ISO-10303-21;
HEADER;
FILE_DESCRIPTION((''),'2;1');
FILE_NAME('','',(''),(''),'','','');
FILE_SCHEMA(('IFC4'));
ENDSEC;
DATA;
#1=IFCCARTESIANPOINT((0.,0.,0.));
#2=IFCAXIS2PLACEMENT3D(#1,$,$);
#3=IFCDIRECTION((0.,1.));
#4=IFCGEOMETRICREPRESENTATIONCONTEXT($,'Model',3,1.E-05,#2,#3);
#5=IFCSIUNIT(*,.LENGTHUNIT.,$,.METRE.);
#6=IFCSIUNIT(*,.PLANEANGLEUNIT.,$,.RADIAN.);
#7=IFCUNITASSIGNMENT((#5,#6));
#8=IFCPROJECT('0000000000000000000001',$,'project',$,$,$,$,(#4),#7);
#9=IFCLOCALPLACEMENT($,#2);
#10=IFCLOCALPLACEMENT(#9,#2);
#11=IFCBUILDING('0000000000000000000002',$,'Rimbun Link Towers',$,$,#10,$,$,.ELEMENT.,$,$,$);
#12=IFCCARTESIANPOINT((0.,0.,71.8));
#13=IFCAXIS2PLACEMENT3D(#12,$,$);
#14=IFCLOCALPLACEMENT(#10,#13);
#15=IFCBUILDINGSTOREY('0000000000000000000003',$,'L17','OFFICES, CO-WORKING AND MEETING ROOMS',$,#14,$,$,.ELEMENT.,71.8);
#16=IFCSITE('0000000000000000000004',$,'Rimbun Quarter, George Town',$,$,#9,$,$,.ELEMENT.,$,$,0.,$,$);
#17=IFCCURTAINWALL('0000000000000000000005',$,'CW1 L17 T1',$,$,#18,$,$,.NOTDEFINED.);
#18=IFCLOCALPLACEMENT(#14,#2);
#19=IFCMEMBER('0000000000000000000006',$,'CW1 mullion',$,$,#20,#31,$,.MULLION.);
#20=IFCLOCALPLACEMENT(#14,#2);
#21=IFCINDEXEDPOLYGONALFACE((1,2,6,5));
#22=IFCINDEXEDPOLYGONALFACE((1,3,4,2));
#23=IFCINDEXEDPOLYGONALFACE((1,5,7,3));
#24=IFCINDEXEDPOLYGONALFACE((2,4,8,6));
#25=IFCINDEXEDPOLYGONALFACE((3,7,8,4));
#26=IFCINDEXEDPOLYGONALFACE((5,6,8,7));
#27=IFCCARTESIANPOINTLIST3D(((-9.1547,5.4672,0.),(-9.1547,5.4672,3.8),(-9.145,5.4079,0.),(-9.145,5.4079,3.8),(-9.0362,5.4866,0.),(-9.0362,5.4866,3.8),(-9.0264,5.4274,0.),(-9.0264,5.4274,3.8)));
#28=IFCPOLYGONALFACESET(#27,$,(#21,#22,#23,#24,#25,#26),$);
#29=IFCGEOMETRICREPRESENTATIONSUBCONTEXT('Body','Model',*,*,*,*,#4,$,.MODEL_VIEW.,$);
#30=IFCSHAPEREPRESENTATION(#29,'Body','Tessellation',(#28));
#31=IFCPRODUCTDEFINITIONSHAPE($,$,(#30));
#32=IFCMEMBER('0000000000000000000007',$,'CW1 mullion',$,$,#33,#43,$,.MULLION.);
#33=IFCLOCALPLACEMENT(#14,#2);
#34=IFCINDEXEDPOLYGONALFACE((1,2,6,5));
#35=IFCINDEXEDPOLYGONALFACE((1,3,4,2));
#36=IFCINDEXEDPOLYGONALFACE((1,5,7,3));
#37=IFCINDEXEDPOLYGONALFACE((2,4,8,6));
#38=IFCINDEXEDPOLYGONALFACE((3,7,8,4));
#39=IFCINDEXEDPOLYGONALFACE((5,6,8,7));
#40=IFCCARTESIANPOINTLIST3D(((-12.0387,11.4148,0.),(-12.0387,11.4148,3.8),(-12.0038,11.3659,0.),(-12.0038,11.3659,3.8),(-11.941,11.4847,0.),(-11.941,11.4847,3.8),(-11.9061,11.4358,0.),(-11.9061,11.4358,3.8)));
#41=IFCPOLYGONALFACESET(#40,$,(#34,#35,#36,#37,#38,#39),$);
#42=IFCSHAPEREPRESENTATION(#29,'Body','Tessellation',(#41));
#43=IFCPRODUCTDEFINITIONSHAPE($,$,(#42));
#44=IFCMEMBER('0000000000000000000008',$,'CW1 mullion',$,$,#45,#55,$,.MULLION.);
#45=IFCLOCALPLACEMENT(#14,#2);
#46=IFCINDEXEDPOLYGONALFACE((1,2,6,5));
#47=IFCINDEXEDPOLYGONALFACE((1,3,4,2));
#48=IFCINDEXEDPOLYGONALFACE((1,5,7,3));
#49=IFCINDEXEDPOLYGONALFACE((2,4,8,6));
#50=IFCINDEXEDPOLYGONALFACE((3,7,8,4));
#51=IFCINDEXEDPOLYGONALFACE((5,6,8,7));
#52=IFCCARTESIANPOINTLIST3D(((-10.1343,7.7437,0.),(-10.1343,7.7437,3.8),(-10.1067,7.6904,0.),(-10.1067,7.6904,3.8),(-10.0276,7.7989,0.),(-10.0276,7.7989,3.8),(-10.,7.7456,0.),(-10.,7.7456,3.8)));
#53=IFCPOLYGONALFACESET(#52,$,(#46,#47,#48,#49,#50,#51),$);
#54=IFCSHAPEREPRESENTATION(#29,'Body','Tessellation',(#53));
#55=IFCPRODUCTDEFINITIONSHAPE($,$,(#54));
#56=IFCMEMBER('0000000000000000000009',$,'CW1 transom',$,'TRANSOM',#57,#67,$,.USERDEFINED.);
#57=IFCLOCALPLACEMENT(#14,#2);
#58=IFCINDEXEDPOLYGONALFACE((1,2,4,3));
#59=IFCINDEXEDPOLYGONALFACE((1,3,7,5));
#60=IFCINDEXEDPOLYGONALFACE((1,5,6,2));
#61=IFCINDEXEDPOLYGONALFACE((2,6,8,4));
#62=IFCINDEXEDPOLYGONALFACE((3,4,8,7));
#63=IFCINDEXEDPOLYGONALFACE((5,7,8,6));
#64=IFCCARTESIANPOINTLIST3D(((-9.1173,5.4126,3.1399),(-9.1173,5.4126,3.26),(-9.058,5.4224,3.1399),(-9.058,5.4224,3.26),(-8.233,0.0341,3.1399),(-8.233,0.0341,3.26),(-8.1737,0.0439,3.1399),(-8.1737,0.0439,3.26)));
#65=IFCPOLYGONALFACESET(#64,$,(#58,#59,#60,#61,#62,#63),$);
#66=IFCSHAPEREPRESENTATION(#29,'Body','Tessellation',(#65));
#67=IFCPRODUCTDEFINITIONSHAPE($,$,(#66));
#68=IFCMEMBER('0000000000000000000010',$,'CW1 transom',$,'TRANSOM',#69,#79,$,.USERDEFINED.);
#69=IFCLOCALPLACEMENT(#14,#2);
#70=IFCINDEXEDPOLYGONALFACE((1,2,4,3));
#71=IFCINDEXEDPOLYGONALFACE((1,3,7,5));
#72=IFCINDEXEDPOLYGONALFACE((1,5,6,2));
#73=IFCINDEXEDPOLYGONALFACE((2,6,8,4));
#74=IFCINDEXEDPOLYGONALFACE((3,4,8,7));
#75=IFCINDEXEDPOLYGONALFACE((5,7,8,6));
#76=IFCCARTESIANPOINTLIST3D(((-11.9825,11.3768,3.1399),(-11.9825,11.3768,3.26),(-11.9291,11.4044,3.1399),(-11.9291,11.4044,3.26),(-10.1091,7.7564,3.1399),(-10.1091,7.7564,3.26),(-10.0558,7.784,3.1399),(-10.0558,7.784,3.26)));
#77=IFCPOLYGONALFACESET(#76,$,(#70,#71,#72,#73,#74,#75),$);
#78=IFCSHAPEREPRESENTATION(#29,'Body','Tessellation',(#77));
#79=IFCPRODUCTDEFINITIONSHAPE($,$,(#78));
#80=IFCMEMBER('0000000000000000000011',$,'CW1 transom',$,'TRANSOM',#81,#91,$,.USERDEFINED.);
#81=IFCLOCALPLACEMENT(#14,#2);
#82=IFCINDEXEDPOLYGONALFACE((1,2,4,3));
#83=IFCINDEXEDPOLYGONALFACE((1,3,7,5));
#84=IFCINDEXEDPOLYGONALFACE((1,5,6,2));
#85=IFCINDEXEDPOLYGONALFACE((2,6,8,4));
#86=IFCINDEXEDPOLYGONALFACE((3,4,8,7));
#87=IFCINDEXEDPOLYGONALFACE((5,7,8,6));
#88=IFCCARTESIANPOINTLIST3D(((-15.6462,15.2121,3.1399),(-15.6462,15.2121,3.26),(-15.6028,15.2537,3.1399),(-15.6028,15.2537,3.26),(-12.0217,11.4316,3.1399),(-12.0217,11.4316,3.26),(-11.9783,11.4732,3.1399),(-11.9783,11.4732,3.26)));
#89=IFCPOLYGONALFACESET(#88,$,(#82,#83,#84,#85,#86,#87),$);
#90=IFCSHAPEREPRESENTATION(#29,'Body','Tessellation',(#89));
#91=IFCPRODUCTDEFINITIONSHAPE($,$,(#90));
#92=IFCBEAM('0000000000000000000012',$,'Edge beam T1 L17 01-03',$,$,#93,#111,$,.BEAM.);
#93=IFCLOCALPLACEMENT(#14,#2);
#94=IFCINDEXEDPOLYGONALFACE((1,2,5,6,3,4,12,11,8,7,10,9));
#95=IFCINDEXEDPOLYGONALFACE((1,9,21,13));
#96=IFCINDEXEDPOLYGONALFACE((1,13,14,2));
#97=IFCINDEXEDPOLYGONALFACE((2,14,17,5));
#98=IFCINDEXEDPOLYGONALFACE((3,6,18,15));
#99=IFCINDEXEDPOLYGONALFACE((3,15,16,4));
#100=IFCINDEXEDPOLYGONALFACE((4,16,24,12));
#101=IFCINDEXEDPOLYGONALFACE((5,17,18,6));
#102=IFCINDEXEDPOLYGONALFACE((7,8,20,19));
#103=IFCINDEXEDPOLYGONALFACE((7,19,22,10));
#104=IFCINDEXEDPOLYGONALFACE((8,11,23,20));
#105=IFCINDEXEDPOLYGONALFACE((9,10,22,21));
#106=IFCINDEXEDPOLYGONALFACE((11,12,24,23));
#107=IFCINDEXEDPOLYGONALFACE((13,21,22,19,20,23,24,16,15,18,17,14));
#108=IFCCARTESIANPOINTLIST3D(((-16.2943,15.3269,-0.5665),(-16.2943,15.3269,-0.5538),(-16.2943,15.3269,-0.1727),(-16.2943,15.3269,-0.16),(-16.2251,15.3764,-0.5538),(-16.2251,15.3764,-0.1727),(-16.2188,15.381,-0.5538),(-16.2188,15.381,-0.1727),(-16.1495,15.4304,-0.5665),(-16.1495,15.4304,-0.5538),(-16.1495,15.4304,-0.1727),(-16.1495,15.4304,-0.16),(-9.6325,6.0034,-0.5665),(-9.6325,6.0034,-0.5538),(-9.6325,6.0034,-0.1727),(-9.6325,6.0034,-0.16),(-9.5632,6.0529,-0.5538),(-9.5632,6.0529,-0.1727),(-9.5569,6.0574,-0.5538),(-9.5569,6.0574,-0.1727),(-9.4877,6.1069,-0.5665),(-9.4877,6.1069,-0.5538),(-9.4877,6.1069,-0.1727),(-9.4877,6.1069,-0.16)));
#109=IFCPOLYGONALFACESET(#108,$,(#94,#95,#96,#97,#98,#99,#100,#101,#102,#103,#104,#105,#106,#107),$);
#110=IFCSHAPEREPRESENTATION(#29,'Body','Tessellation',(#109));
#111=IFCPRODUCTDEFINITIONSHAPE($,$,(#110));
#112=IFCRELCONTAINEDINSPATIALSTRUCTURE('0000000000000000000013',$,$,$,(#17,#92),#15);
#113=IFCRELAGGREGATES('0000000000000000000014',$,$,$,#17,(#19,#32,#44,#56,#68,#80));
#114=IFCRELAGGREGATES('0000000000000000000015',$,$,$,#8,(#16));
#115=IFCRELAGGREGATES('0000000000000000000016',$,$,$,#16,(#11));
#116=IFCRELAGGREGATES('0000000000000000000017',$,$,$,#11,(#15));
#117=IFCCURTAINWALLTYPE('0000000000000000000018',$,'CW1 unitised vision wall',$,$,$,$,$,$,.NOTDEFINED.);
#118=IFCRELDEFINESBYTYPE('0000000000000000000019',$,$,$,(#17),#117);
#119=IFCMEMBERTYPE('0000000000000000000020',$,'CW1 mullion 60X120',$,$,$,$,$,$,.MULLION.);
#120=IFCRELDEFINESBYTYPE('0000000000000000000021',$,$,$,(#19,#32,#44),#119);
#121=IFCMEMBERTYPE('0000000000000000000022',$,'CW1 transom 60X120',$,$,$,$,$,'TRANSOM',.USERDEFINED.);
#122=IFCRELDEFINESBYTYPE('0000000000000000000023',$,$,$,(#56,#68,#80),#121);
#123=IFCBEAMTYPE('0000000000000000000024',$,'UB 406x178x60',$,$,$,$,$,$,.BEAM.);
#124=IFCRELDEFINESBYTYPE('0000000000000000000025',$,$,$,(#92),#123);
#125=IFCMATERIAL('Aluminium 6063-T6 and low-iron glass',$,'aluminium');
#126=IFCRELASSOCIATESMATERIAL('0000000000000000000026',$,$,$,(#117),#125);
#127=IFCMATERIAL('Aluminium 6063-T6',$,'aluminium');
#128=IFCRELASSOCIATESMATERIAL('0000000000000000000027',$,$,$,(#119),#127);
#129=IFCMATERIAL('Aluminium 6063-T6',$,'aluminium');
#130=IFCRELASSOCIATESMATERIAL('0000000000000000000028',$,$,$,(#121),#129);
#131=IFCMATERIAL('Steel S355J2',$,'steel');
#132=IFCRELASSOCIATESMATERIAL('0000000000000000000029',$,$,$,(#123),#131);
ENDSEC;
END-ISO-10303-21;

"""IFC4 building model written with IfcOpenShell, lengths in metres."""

from ifc_helpers import new_model, si_unit, direction, frame, origin, origin_2d, place, context, subcontext, project, spatial, rectangle, i_section, extrude, material, material_profile, profile_set, type_object, element, aggregate, save


model = new_model("IFC4")

# Units and contexts
model_context = context("Model", 3, precision=1e-05, world=origin(), true_north=direction((0.0, 1.0)))
body_context = subcontext(model_context, "Body", "Model", "MODEL_VIEW")
ifc_project = project(units=[si_unit("LENGTHUNIT", "METRE"), si_unit("PLANEANGLEUNIT", "RADIAN")], contexts=[model_context])

# Site, building, storey
site_placement = place(None, origin())
site = spatial("IfcSite", under=ifc_project, at=site_placement, Name="Rimbun Quarter, George Town", CompositionType="ELEMENT", RefElevation=0.0)
building_placement = place(site_placement, origin())
building = spatial("IfcBuilding", under=site, at=building_placement, Name="Rimbun Link Towers", CompositionType="ELEMENT")
storey_placement = place(building_placement, frame((0.0, 0.0, 71.8)))
storey = spatial("IfcBuildingStorey", under=building, at=storey_placement, Name="L17", Description="OFFICES, CO-WORKING AND MEETING ROOMS", CompositionType="ELEMENT", Elevation=71.8)

# Curtain wall, members
ifc_material_1 = material(Name="Aluminium 6063-T6 and low-iron glass", Category="aluminium")
curtain_wall_type = type_object("IfcCurtainWallType", Name="CW1 unitised vision wall", PredefinedType="NOTDEFINED", material=ifc_material_1)
curtain_wall_placement = place(storey_placement, origin())
curtain_wall = element("IfcCurtainWall", 1, at=curtain_wall_placement, inside=storey, type_object=curtain_wall_type, Name="CW1 L17 T1", PredefinedType="NOTDEFINED")
ifc_material_2 = material(Name="Aluminium 6063-T6", Category="aluminium")
ifc_material_profile_1 = material_profile(ifc_material_2, rectangle(XDim=0.1201, YDim=0.0601, at=origin_2d()), Name="MULLION 60X120")
ifc_profile_set_1 = profile_set([ifc_material_profile_1], Name="Aluminium 6063-T6")
member_type_1 = type_object("IfcMemberType", Name="CW1 mullion 60X120", PredefinedType="MULLION", material=ifc_profile_set_1)
member_1_placement = place(storey_placement, frame((-9.0906, 5.4473, 0.0), z_axis=(0.0, 0.0, 1.0), x_axis=(0.986748, 0.16226, 0.0)))
member_1 = element("IfcMember", 2, at=member_1_placement, type_object=member_type_1, Name="CW1 mullion", PredefinedType="MULLION", context=body_context, shape_type="SweptSolid", body=[
    extrude(rectangle(XDim=0.1201, YDim=0.0601, at=origin_2d()), origin(), (0.0, 0.0, 1.0), 3.8),
])
member_2_placement = place(storey_placement, frame((-11.9724, 11.4253, 0.0), z_axis=(0.0, 0.0, 1.0), x_axis=(0.813351, 0.581773, 0.0)))
member_2 = element("IfcMember", 3, at=member_2_placement, type_object=member_type_1, Name="CW1 mullion", PredefinedType="MULLION", context=body_context, shape_type="SweptSolid", body=[
    extrude(rectangle(XDim=0.1201, YDim=0.0601, at=origin_2d()), origin(), (0.0, 0.0, 1.0), 3.8),
])
member_3_placement = place(storey_placement, frame((-10.0671, 7.7446, 0.0), z_axis=(0.0, 0.0, 1.0), x_axis=(0.888149, 0.459556, 0.0)))
member_3 = element("IfcMember", 4, at=member_3_placement, type_object=member_type_1, Name="CW1 mullion", PredefinedType="MULLION", context=body_context, shape_type="SweptSolid", body=[
    extrude(rectangle(XDim=0.1201, YDim=0.0601, at=origin_2d()), origin(), (0.0, 0.0, 1.0), 3.8),
])
ifc_material_3 = material(Name="Aluminium 6063-T6", Category="aluminium")
ifc_material_profile_2 = material_profile(ifc_material_3, rectangle(XDim=0.0601, YDim=0.1201, at=origin_2d()), Name="TRANSOM 60X120")
ifc_profile_set_2 = profile_set([ifc_material_profile_2], Name="Aluminium 6063-T6")
member_type_2 = type_object("IfcMemberType", Name="CW1 transom 60X120", ElementType="TRANSOM", PredefinedType="USERDEFINED", material=ifc_profile_set_2)
member_4_placement = place(storey_placement, frame((-9.0876, 5.4175, 3.2), z_axis=(0.162234, -0.986752, 0.0), x_axis=(0.986752, 0.162234, 0.0)))
member_4 = element("IfcMember", 5, at=member_4_placement, type_object=member_type_2, Name="CW1 transom", ObjectType="TRANSOM", PredefinedType="USERDEFINED", context=body_context, shape_type="SweptSolid", body=[
    extrude(rectangle(XDim=0.0601, YDim=0.1201, at=origin_2d()), origin(), (0.0, 0.0, 1.0), 5.4507),
])
member_5_placement = place(storey_placement, frame((-11.9558, 11.3906, 3.2), z_axis=(0.459557, -0.888149, 0.0), x_axis=(0.888149, 0.459557, 0.0)))
member_5 = element("IfcMember", 6, at=member_5_placement, type_object=member_type_2, Name="CW1 transom", ObjectType="TRANSOM", PredefinedType="USERDEFINED", context=body_context, shape_type="SweptSolid", body=[
    extrude(rectangle(XDim=0.0601, YDim=0.1201, at=origin_2d()), origin(), (0.0, 0.0, 1.0), 4.0764),
])
member_6_placement = place(storey_placement, frame((-15.6245, 15.2329, 3.2), z_axis=(0.692056, -0.721844, 0.0), x_axis=(0.721844, 0.692056, 0.0)))
member_6 = element("IfcMember", 7, at=member_6_placement, type_object=member_type_2, Name="CW1 transom", ObjectType="TRANSOM", PredefinedType="USERDEFINED", context=body_context, shape_type="SweptSolid", body=[
    extrude(rectangle(XDim=0.0601, YDim=0.1201, at=origin_2d()), origin(), (0.0, 0.0, 1.0), 5.2373),
])

# Beam
ifc_material_4 = material(Name="Steel S355J2", Category="steel")
ifc_material_profile_3 = material_profile(ifc_material_4, i_section(OverallWidth=0.178, OverallDepth=0.4065, WebThickness=0.0078, FlangeThickness=0.0127, at=origin_2d()), Name="UB 406x178x60")
ifc_profile_set_3 = profile_set([ifc_material_profile_3], Name="Steel S355J2")
beam_type = type_object("IfcBeamType", Name="UB 406x178x60", PredefinedType="BEAM", material=ifc_profile_set_3)
beam_placement = place(storey_placement, frame((-9.5601, 6.0552, -0.3633), z_axis=(-0.581367, 0.813641, 0.0), x_axis=(-0.813641, -0.581367, 0.0)))
element("IfcBeam", 8, at=beam_placement, inside=storey, type_object=beam_type, Name="Edge beam T1 L17 01-03", PredefinedType="BEAM", context=body_context, shape_type="SweptSolid", body=[
    extrude(i_section(OverallWidth=0.178, OverallDepth=0.4065, WebThickness=0.0078, FlangeThickness=0.0127, at=origin_2d()), origin(), (0.0, 0.0, 1.0), 11.459),
])

aggregate(curtain_wall, [member_1, member_2, member_3, member_4, member_5, member_6])

save(model, "model.ifc")
